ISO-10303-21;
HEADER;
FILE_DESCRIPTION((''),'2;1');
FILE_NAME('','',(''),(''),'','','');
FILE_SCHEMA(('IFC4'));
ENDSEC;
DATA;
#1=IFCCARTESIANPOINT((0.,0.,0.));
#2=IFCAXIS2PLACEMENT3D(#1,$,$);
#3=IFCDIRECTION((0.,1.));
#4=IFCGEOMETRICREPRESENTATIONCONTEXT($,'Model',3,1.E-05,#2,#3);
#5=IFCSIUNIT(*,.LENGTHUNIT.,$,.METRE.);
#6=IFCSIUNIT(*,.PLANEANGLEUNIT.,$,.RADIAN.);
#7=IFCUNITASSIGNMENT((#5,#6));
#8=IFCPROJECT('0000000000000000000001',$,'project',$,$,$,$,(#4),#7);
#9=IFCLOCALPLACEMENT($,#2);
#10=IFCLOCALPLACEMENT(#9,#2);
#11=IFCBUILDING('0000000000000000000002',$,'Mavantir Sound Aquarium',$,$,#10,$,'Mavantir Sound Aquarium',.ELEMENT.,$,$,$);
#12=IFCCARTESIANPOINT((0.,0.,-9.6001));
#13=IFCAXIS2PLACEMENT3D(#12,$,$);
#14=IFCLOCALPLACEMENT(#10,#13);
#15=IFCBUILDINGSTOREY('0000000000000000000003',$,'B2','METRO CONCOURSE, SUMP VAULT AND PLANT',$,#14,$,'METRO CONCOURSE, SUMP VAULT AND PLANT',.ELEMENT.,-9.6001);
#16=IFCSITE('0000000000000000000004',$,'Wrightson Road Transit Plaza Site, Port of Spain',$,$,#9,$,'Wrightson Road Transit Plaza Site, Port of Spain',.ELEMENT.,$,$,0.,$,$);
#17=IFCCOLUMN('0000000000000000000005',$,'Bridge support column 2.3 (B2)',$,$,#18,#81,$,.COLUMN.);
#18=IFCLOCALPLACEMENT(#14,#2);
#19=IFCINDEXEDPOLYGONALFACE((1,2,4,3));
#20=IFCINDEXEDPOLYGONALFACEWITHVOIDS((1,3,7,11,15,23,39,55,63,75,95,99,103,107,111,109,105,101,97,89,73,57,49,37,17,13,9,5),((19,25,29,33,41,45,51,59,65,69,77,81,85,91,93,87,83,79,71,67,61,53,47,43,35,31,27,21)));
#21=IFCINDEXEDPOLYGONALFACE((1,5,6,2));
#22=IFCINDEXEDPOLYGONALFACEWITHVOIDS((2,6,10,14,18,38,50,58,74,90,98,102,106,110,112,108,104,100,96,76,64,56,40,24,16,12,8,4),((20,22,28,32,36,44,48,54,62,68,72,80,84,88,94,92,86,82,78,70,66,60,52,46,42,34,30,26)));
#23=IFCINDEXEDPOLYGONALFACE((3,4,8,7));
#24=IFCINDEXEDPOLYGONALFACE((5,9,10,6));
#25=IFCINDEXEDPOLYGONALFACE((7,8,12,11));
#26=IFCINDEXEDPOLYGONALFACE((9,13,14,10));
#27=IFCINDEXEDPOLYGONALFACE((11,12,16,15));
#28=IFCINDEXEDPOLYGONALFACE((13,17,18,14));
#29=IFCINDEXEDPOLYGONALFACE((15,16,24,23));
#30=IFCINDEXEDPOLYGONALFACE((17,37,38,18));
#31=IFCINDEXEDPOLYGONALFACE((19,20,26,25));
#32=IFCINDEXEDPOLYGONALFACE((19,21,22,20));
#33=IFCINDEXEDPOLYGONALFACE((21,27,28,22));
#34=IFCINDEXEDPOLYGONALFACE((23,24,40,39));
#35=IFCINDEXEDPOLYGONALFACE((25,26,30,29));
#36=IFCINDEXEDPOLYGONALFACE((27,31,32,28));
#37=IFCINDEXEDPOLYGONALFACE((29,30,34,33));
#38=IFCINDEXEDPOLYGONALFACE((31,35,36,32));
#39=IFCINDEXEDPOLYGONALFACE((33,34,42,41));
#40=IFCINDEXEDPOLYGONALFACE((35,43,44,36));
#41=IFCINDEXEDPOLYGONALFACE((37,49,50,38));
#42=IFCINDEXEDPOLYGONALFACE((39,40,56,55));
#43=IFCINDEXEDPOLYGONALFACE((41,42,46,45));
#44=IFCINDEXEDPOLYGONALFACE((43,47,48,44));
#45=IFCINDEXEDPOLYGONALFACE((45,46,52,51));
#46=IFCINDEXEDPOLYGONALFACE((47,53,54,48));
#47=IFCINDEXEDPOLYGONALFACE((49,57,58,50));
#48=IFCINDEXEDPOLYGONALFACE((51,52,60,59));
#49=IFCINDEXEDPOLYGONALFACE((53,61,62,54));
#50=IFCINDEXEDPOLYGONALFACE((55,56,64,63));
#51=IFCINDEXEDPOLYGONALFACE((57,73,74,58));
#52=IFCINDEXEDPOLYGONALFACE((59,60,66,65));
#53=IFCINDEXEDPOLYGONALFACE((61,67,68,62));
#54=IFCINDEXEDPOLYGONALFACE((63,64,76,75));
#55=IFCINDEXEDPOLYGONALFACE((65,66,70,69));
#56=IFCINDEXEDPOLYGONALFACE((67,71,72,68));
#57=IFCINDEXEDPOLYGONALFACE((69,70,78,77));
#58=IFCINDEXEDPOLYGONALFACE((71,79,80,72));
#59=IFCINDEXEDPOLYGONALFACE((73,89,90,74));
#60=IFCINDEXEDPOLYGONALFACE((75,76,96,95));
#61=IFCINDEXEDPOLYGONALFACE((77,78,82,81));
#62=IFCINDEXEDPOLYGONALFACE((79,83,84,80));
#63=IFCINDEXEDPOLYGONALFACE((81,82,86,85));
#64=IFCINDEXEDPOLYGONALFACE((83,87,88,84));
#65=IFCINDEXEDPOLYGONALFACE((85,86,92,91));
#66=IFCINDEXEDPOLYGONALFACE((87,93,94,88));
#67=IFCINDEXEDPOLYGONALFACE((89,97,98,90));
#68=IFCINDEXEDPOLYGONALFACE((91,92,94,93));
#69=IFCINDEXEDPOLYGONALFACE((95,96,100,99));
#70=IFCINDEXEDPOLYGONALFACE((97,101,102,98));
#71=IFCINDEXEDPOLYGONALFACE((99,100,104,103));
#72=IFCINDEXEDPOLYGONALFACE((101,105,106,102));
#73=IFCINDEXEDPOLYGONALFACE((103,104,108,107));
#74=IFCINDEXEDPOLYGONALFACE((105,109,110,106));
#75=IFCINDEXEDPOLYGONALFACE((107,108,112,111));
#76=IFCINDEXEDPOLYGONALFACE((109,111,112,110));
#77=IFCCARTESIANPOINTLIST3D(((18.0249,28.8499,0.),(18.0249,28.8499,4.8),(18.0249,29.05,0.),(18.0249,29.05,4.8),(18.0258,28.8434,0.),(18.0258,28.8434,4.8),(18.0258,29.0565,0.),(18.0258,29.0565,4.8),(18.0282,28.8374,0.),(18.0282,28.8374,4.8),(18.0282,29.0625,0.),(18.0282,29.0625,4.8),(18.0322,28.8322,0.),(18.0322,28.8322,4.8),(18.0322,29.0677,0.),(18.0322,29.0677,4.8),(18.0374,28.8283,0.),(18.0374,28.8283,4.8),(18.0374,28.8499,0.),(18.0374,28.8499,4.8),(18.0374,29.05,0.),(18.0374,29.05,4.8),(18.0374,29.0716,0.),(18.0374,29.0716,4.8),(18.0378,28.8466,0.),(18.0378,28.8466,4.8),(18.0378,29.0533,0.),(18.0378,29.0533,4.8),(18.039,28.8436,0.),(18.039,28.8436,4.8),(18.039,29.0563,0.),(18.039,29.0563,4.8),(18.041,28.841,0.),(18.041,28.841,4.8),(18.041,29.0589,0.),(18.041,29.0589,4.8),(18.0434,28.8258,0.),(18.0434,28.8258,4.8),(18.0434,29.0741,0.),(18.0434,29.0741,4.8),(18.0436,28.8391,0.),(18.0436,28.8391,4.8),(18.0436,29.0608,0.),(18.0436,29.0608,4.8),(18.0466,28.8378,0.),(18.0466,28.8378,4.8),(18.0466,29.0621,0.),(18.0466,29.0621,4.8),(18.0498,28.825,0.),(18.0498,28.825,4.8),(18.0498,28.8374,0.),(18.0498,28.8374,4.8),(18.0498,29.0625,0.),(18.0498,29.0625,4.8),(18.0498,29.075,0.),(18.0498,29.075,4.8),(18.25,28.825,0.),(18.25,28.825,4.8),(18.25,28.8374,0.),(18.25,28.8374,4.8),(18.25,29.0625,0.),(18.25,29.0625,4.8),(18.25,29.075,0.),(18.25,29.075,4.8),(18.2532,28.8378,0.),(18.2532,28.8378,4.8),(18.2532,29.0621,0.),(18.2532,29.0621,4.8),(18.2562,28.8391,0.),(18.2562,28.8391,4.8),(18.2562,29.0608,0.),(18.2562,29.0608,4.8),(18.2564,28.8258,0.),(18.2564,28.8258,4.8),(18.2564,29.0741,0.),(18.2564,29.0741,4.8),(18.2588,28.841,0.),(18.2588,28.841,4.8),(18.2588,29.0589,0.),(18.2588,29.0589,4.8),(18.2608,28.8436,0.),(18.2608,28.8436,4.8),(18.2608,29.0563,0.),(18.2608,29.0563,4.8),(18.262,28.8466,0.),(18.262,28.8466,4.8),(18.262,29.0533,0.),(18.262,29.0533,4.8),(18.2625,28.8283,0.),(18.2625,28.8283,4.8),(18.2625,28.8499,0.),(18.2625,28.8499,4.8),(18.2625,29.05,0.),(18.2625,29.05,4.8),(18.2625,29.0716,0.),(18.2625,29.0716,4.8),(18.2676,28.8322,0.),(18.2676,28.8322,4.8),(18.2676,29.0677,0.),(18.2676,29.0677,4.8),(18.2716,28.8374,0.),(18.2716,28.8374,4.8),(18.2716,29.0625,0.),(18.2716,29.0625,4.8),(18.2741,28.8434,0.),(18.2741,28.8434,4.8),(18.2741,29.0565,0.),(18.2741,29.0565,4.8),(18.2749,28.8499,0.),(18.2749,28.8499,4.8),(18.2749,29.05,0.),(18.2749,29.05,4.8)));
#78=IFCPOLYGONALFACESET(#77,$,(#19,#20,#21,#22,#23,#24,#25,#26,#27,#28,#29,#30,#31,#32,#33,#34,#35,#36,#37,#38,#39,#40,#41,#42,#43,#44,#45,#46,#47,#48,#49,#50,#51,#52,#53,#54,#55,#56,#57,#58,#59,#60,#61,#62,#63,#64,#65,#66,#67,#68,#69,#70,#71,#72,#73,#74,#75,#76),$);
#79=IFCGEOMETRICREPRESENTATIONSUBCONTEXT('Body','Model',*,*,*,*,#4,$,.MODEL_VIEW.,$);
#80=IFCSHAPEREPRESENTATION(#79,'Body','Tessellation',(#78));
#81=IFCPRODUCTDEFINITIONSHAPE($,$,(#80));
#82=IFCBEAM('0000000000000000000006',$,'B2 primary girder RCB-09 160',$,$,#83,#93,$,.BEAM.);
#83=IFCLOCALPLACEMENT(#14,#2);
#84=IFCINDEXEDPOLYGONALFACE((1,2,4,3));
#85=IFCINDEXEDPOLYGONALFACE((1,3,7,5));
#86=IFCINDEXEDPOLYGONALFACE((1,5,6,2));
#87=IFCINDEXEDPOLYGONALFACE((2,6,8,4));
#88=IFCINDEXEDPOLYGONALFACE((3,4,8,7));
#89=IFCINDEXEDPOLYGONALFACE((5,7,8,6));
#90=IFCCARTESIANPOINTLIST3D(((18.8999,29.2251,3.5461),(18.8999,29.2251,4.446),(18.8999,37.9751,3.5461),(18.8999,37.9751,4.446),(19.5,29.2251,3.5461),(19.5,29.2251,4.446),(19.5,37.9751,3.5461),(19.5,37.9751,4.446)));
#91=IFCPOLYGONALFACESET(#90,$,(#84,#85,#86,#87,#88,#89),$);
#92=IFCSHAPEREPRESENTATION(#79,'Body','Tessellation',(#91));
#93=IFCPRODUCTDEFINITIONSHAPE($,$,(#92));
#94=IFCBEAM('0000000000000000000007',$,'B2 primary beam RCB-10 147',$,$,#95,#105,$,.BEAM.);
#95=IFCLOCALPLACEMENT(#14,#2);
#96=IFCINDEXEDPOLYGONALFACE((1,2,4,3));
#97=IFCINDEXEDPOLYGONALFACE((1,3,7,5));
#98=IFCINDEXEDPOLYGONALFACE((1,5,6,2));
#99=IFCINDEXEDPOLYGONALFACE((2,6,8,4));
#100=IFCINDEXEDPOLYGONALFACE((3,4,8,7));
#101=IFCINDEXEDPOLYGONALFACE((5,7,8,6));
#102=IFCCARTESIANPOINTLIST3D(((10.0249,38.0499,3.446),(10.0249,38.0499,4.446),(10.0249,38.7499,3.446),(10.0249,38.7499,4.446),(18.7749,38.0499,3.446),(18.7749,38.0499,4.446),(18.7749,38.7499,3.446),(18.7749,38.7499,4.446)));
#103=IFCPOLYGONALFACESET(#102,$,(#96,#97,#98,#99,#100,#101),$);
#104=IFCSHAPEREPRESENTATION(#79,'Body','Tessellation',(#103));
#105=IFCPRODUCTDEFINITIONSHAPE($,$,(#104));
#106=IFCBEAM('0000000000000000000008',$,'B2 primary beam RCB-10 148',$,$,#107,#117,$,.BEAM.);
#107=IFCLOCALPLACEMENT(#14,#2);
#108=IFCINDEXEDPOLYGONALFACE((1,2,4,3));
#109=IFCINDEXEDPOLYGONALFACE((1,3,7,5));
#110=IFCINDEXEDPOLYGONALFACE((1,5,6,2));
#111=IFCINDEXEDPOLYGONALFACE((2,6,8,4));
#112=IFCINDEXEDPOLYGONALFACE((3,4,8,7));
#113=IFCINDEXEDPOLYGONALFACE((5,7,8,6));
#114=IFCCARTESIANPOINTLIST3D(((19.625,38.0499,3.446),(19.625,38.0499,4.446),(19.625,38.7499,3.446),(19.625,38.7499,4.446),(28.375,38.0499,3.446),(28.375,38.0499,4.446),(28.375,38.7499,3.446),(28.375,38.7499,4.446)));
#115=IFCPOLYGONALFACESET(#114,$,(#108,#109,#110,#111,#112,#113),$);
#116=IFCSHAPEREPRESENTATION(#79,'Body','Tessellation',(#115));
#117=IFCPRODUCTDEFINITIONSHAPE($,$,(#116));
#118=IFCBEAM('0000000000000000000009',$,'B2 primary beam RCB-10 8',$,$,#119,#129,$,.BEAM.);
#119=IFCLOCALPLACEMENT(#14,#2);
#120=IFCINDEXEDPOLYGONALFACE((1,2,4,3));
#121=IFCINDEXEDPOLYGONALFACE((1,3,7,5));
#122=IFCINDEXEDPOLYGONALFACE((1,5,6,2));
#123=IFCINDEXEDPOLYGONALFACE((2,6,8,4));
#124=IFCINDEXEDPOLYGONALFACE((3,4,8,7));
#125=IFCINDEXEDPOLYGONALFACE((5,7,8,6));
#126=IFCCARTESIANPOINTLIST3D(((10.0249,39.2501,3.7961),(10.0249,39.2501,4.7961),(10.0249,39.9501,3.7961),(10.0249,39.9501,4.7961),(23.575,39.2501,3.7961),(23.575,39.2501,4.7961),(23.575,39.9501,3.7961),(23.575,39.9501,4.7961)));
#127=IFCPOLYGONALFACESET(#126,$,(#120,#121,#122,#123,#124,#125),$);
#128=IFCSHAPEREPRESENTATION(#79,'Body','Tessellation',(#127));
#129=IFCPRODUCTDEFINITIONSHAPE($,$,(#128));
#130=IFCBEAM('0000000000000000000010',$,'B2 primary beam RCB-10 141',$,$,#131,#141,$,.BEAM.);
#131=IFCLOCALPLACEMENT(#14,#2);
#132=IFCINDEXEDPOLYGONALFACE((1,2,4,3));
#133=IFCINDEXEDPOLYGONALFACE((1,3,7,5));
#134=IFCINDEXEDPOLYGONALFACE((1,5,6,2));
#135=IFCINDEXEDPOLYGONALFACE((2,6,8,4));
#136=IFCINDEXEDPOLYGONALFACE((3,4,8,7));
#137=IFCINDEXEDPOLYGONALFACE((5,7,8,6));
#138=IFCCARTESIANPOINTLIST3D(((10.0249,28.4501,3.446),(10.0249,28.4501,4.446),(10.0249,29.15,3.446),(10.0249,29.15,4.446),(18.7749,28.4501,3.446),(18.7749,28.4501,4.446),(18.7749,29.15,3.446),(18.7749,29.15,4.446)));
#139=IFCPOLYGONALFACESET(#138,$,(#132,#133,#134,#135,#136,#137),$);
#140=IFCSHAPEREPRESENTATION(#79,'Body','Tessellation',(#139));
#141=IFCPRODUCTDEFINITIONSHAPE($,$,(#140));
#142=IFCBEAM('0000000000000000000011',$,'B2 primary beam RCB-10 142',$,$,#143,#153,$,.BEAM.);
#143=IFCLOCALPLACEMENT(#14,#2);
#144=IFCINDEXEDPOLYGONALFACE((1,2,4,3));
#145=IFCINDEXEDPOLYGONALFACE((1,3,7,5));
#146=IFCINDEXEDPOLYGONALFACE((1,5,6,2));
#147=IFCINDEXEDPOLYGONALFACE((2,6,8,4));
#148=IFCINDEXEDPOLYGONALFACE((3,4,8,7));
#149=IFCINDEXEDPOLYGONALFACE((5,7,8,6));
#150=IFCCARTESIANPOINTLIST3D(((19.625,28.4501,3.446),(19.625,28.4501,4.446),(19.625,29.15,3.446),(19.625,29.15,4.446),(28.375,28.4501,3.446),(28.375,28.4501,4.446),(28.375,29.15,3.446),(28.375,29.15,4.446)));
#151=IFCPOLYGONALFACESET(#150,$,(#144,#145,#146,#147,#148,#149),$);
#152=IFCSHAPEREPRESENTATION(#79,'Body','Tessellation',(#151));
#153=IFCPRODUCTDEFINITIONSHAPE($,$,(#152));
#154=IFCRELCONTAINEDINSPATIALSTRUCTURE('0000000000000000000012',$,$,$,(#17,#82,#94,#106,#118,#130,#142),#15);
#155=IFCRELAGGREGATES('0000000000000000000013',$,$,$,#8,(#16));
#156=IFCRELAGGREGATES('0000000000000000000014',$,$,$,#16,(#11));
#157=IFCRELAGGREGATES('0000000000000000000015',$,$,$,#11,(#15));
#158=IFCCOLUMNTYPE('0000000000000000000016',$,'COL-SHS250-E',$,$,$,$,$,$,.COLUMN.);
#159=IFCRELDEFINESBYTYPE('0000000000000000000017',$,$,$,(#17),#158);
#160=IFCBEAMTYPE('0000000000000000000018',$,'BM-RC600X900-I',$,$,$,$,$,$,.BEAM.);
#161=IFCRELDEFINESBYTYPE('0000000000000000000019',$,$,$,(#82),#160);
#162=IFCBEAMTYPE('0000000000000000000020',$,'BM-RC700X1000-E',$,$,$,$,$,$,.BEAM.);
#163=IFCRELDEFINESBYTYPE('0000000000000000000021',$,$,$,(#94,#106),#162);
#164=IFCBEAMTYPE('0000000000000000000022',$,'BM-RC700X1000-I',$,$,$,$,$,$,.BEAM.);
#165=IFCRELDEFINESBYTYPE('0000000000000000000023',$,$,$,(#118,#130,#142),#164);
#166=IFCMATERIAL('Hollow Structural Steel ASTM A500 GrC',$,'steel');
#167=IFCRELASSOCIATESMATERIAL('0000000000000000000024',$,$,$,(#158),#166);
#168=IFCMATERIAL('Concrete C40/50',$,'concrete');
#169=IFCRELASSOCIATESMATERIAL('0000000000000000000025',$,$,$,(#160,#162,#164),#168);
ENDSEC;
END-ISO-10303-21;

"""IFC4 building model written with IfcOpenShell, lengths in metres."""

from ifc_helpers import new_model, si_unit, direction, frame, origin, origin_2d, place, context, subcontext, project, spatial, rectangle, hollow_rectangle, extrude, material, material_profile, profile_set, type_object, element, save


model = new_model("IFC4")

# Units and contexts
model_context = context("Model", 3, precision=1e-05, world=origin(), true_north=direction((0.0, 1.0)))
body_context = subcontext(model_context, "Body", "Model", "MODEL_VIEW")
ifc_project = project(units=[si_unit("LENGTHUNIT", "METRE"), si_unit("PLANEANGLEUNIT", "RADIAN")], contexts=[model_context])

# Site, building, storey
site_placement = place(None, origin())
site = spatial("IfcSite", under=ifc_project, at=site_placement, Name="Wrightson Road Transit Plaza Site, Port of Spain", LongName="Wrightson Road Transit Plaza Site, Port of Spain", CompositionType="ELEMENT", RefElevation=0.0)
building_placement = place(site_placement, origin())
building = spatial("IfcBuilding", under=site, at=building_placement, Name="Mavantir Sound Aquarium", LongName="Mavantir Sound Aquarium", CompositionType="ELEMENT")
storey_placement = place(building_placement, frame((0.0, 0.0, -9.6001)))
storey = spatial("IfcBuildingStorey", under=building, at=storey_placement, Name="B2", Description="METRO CONCOURSE, SUMP VAULT AND PLANT", LongName="METRO CONCOURSE, SUMP VAULT AND PLANT", CompositionType="ELEMENT", Elevation=-9.6001)

# Shared definitions
ifc_material_1 = material(Name="Concrete C40/50", Category="concrete")

# Column
ifc_material_2 = material(Name="Hollow Structural Steel ASTM A500 GrC", Category="steel")
ifc_material_profile_1 = material_profile(ifc_material_2, hollow_rectangle(XDim=0.25, YDim=0.25, WallThickness=0.0125, InnerFilletRadius=0.0125, OuterFilletRadius=0.0249, at=origin_2d()), Name="SHS 250X250X12.5")
ifc_profile_set_1 = profile_set([ifc_material_profile_1], Name="Hollow Structural Steel ASTM A500 GrC")
column_type_1 = type_object("IfcColumnType", Name="COL-SHS250-E", PredefinedType="COLUMN", material=ifc_profile_set_1)
for number, where, z_axis, x_axis, name in (
    (1, (18.1499, 28.95, 0.0), (0.0, 0.0, 1.0), (1.0, 0.0, 0.0), "Bridge support column 2.3 (B2)"),
):
    element("IfcColumn", number, at=place(storey_placement, frame(where, z_axis=z_axis, x_axis=x_axis)), inside=storey, type_object=column_type_1, Name=name, PredefinedType="COLUMN", context=body_context, shape_type="SweptSolid", body=[
        extrude(hollow_rectangle(XDim=0.25, YDim=0.25, WallThickness=0.0125, InnerFilletRadius=0.0125, OuterFilletRadius=0.0249, at=origin_2d()), origin(), (0.0, 0.0, 1.0), 4.8),
    ])

# Beams
ifc_material_profile_2 = material_profile(ifc_material_1, rectangle(XDim=0.6001, YDim=0.8999, at=origin_2d()), Name="RC 600X900")
ifc_profile_set_2 = profile_set([ifc_material_profile_2], Name="Concrete C40/50")
beam_type_1 = type_object("IfcBeamType", Name="BM-RC600X900-I", PredefinedType="BEAM", material=ifc_profile_set_2)
beam_1_placement = place(storey_placement, frame((19.2, 29.2251, 3.9961), z_axis=(0.0, 1.0, 0.0), x_axis=(-1.0, 0.0, 0.0)))
element("IfcBeam", 2, at=beam_1_placement, inside=storey, type_object=beam_type_1, Name="B2 primary girder RCB-09 160", PredefinedType="BEAM", context=body_context, shape_type="SweptSolid", body=[
    extrude(rectangle(XDim=0.6001, YDim=0.8999, at=origin_2d()), origin(), (0.0, 0.0, 1.0), 8.75),
])
ifc_material_profile_3 = material_profile(ifc_material_1, rectangle(XDim=0.7, YDim=1.0, at=origin_2d()), Name="RC 700X1000")
ifc_profile_set_3 = profile_set([ifc_material_profile_3], Name="Concrete C40/50")
beam_type_2 = type_object("IfcBeamType", Name="BM-RC700X1000-E", PredefinedType="BEAM", material=ifc_profile_set_3)
for number, where, z_axis, x_axis, name in (
    (3, (10.0249, 38.3999, 3.946), (1.0, 0.0, 0.0), (0.0, 1.0, 0.0), "B2 primary beam RCB-10 147"),
    (4, (19.625, 38.3999, 3.946), (1.0, 0.0, 0.0), (0.0, 1.0, 0.0), "B2 primary beam RCB-10 148"),
):
    element("IfcBeam", number, at=place(storey_placement, frame(where, z_axis=z_axis, x_axis=x_axis)), inside=storey, type_object=beam_type_2, Name=name, PredefinedType="BEAM", context=body_context, shape_type="SweptSolid", body=[
        extrude(rectangle(XDim=0.7, YDim=1.0, at=origin_2d()), origin(), (0.0, 0.0, 1.0), 8.75),
    ])
ifc_material_profile_4 = material_profile(ifc_material_1, rectangle(XDim=0.7, YDim=1.0, at=origin_2d()), Name="RC 700X1000")
ifc_profile_set_4 = profile_set([ifc_material_profile_4], Name="Concrete C40/50")
beam_type_3 = type_object("IfcBeamType", Name="BM-RC700X1000-I", PredefinedType="BEAM", material=ifc_profile_set_4)
beam_2_placement = place(storey_placement, frame((10.0249, 39.6001, 4.2961), z_axis=(1.0, 0.0, 0.0), x_axis=(0.0, 1.0, 0.0)))
element("IfcBeam", 5, at=beam_2_placement, inside=storey, type_object=beam_type_3, Name="B2 primary beam RCB-10 8", PredefinedType="BEAM", context=body_context, shape_type="SweptSolid", body=[
    extrude(rectangle(XDim=0.7, YDim=1.0, at=origin_2d()), origin(), (0.0, 0.0, 1.0), 13.55),
])
for number, where, z_axis, x_axis, name in (
    (6, (10.0249, 28.8, 3.946), (1.0, 0.0, 0.0), (0.0, 1.0, 0.0), "B2 primary beam RCB-10 141"),
    (7, (19.625, 28.8, 3.946), (1.0, 0.0, 0.0), (0.0, 1.0, 0.0), "B2 primary beam RCB-10 142"),
):
    element("IfcBeam", number, at=place(storey_placement, frame(where, z_axis=z_axis, x_axis=x_axis)), inside=storey, type_object=beam_type_3, Name=name, PredefinedType="BEAM", context=body_context, shape_type="SweptSolid", body=[
        extrude(rectangle(XDim=0.7, YDim=1.0, at=origin_2d()), origin(), (0.0, 0.0, 1.0), 8.75),
    ])

save(model, "model.ifc")
